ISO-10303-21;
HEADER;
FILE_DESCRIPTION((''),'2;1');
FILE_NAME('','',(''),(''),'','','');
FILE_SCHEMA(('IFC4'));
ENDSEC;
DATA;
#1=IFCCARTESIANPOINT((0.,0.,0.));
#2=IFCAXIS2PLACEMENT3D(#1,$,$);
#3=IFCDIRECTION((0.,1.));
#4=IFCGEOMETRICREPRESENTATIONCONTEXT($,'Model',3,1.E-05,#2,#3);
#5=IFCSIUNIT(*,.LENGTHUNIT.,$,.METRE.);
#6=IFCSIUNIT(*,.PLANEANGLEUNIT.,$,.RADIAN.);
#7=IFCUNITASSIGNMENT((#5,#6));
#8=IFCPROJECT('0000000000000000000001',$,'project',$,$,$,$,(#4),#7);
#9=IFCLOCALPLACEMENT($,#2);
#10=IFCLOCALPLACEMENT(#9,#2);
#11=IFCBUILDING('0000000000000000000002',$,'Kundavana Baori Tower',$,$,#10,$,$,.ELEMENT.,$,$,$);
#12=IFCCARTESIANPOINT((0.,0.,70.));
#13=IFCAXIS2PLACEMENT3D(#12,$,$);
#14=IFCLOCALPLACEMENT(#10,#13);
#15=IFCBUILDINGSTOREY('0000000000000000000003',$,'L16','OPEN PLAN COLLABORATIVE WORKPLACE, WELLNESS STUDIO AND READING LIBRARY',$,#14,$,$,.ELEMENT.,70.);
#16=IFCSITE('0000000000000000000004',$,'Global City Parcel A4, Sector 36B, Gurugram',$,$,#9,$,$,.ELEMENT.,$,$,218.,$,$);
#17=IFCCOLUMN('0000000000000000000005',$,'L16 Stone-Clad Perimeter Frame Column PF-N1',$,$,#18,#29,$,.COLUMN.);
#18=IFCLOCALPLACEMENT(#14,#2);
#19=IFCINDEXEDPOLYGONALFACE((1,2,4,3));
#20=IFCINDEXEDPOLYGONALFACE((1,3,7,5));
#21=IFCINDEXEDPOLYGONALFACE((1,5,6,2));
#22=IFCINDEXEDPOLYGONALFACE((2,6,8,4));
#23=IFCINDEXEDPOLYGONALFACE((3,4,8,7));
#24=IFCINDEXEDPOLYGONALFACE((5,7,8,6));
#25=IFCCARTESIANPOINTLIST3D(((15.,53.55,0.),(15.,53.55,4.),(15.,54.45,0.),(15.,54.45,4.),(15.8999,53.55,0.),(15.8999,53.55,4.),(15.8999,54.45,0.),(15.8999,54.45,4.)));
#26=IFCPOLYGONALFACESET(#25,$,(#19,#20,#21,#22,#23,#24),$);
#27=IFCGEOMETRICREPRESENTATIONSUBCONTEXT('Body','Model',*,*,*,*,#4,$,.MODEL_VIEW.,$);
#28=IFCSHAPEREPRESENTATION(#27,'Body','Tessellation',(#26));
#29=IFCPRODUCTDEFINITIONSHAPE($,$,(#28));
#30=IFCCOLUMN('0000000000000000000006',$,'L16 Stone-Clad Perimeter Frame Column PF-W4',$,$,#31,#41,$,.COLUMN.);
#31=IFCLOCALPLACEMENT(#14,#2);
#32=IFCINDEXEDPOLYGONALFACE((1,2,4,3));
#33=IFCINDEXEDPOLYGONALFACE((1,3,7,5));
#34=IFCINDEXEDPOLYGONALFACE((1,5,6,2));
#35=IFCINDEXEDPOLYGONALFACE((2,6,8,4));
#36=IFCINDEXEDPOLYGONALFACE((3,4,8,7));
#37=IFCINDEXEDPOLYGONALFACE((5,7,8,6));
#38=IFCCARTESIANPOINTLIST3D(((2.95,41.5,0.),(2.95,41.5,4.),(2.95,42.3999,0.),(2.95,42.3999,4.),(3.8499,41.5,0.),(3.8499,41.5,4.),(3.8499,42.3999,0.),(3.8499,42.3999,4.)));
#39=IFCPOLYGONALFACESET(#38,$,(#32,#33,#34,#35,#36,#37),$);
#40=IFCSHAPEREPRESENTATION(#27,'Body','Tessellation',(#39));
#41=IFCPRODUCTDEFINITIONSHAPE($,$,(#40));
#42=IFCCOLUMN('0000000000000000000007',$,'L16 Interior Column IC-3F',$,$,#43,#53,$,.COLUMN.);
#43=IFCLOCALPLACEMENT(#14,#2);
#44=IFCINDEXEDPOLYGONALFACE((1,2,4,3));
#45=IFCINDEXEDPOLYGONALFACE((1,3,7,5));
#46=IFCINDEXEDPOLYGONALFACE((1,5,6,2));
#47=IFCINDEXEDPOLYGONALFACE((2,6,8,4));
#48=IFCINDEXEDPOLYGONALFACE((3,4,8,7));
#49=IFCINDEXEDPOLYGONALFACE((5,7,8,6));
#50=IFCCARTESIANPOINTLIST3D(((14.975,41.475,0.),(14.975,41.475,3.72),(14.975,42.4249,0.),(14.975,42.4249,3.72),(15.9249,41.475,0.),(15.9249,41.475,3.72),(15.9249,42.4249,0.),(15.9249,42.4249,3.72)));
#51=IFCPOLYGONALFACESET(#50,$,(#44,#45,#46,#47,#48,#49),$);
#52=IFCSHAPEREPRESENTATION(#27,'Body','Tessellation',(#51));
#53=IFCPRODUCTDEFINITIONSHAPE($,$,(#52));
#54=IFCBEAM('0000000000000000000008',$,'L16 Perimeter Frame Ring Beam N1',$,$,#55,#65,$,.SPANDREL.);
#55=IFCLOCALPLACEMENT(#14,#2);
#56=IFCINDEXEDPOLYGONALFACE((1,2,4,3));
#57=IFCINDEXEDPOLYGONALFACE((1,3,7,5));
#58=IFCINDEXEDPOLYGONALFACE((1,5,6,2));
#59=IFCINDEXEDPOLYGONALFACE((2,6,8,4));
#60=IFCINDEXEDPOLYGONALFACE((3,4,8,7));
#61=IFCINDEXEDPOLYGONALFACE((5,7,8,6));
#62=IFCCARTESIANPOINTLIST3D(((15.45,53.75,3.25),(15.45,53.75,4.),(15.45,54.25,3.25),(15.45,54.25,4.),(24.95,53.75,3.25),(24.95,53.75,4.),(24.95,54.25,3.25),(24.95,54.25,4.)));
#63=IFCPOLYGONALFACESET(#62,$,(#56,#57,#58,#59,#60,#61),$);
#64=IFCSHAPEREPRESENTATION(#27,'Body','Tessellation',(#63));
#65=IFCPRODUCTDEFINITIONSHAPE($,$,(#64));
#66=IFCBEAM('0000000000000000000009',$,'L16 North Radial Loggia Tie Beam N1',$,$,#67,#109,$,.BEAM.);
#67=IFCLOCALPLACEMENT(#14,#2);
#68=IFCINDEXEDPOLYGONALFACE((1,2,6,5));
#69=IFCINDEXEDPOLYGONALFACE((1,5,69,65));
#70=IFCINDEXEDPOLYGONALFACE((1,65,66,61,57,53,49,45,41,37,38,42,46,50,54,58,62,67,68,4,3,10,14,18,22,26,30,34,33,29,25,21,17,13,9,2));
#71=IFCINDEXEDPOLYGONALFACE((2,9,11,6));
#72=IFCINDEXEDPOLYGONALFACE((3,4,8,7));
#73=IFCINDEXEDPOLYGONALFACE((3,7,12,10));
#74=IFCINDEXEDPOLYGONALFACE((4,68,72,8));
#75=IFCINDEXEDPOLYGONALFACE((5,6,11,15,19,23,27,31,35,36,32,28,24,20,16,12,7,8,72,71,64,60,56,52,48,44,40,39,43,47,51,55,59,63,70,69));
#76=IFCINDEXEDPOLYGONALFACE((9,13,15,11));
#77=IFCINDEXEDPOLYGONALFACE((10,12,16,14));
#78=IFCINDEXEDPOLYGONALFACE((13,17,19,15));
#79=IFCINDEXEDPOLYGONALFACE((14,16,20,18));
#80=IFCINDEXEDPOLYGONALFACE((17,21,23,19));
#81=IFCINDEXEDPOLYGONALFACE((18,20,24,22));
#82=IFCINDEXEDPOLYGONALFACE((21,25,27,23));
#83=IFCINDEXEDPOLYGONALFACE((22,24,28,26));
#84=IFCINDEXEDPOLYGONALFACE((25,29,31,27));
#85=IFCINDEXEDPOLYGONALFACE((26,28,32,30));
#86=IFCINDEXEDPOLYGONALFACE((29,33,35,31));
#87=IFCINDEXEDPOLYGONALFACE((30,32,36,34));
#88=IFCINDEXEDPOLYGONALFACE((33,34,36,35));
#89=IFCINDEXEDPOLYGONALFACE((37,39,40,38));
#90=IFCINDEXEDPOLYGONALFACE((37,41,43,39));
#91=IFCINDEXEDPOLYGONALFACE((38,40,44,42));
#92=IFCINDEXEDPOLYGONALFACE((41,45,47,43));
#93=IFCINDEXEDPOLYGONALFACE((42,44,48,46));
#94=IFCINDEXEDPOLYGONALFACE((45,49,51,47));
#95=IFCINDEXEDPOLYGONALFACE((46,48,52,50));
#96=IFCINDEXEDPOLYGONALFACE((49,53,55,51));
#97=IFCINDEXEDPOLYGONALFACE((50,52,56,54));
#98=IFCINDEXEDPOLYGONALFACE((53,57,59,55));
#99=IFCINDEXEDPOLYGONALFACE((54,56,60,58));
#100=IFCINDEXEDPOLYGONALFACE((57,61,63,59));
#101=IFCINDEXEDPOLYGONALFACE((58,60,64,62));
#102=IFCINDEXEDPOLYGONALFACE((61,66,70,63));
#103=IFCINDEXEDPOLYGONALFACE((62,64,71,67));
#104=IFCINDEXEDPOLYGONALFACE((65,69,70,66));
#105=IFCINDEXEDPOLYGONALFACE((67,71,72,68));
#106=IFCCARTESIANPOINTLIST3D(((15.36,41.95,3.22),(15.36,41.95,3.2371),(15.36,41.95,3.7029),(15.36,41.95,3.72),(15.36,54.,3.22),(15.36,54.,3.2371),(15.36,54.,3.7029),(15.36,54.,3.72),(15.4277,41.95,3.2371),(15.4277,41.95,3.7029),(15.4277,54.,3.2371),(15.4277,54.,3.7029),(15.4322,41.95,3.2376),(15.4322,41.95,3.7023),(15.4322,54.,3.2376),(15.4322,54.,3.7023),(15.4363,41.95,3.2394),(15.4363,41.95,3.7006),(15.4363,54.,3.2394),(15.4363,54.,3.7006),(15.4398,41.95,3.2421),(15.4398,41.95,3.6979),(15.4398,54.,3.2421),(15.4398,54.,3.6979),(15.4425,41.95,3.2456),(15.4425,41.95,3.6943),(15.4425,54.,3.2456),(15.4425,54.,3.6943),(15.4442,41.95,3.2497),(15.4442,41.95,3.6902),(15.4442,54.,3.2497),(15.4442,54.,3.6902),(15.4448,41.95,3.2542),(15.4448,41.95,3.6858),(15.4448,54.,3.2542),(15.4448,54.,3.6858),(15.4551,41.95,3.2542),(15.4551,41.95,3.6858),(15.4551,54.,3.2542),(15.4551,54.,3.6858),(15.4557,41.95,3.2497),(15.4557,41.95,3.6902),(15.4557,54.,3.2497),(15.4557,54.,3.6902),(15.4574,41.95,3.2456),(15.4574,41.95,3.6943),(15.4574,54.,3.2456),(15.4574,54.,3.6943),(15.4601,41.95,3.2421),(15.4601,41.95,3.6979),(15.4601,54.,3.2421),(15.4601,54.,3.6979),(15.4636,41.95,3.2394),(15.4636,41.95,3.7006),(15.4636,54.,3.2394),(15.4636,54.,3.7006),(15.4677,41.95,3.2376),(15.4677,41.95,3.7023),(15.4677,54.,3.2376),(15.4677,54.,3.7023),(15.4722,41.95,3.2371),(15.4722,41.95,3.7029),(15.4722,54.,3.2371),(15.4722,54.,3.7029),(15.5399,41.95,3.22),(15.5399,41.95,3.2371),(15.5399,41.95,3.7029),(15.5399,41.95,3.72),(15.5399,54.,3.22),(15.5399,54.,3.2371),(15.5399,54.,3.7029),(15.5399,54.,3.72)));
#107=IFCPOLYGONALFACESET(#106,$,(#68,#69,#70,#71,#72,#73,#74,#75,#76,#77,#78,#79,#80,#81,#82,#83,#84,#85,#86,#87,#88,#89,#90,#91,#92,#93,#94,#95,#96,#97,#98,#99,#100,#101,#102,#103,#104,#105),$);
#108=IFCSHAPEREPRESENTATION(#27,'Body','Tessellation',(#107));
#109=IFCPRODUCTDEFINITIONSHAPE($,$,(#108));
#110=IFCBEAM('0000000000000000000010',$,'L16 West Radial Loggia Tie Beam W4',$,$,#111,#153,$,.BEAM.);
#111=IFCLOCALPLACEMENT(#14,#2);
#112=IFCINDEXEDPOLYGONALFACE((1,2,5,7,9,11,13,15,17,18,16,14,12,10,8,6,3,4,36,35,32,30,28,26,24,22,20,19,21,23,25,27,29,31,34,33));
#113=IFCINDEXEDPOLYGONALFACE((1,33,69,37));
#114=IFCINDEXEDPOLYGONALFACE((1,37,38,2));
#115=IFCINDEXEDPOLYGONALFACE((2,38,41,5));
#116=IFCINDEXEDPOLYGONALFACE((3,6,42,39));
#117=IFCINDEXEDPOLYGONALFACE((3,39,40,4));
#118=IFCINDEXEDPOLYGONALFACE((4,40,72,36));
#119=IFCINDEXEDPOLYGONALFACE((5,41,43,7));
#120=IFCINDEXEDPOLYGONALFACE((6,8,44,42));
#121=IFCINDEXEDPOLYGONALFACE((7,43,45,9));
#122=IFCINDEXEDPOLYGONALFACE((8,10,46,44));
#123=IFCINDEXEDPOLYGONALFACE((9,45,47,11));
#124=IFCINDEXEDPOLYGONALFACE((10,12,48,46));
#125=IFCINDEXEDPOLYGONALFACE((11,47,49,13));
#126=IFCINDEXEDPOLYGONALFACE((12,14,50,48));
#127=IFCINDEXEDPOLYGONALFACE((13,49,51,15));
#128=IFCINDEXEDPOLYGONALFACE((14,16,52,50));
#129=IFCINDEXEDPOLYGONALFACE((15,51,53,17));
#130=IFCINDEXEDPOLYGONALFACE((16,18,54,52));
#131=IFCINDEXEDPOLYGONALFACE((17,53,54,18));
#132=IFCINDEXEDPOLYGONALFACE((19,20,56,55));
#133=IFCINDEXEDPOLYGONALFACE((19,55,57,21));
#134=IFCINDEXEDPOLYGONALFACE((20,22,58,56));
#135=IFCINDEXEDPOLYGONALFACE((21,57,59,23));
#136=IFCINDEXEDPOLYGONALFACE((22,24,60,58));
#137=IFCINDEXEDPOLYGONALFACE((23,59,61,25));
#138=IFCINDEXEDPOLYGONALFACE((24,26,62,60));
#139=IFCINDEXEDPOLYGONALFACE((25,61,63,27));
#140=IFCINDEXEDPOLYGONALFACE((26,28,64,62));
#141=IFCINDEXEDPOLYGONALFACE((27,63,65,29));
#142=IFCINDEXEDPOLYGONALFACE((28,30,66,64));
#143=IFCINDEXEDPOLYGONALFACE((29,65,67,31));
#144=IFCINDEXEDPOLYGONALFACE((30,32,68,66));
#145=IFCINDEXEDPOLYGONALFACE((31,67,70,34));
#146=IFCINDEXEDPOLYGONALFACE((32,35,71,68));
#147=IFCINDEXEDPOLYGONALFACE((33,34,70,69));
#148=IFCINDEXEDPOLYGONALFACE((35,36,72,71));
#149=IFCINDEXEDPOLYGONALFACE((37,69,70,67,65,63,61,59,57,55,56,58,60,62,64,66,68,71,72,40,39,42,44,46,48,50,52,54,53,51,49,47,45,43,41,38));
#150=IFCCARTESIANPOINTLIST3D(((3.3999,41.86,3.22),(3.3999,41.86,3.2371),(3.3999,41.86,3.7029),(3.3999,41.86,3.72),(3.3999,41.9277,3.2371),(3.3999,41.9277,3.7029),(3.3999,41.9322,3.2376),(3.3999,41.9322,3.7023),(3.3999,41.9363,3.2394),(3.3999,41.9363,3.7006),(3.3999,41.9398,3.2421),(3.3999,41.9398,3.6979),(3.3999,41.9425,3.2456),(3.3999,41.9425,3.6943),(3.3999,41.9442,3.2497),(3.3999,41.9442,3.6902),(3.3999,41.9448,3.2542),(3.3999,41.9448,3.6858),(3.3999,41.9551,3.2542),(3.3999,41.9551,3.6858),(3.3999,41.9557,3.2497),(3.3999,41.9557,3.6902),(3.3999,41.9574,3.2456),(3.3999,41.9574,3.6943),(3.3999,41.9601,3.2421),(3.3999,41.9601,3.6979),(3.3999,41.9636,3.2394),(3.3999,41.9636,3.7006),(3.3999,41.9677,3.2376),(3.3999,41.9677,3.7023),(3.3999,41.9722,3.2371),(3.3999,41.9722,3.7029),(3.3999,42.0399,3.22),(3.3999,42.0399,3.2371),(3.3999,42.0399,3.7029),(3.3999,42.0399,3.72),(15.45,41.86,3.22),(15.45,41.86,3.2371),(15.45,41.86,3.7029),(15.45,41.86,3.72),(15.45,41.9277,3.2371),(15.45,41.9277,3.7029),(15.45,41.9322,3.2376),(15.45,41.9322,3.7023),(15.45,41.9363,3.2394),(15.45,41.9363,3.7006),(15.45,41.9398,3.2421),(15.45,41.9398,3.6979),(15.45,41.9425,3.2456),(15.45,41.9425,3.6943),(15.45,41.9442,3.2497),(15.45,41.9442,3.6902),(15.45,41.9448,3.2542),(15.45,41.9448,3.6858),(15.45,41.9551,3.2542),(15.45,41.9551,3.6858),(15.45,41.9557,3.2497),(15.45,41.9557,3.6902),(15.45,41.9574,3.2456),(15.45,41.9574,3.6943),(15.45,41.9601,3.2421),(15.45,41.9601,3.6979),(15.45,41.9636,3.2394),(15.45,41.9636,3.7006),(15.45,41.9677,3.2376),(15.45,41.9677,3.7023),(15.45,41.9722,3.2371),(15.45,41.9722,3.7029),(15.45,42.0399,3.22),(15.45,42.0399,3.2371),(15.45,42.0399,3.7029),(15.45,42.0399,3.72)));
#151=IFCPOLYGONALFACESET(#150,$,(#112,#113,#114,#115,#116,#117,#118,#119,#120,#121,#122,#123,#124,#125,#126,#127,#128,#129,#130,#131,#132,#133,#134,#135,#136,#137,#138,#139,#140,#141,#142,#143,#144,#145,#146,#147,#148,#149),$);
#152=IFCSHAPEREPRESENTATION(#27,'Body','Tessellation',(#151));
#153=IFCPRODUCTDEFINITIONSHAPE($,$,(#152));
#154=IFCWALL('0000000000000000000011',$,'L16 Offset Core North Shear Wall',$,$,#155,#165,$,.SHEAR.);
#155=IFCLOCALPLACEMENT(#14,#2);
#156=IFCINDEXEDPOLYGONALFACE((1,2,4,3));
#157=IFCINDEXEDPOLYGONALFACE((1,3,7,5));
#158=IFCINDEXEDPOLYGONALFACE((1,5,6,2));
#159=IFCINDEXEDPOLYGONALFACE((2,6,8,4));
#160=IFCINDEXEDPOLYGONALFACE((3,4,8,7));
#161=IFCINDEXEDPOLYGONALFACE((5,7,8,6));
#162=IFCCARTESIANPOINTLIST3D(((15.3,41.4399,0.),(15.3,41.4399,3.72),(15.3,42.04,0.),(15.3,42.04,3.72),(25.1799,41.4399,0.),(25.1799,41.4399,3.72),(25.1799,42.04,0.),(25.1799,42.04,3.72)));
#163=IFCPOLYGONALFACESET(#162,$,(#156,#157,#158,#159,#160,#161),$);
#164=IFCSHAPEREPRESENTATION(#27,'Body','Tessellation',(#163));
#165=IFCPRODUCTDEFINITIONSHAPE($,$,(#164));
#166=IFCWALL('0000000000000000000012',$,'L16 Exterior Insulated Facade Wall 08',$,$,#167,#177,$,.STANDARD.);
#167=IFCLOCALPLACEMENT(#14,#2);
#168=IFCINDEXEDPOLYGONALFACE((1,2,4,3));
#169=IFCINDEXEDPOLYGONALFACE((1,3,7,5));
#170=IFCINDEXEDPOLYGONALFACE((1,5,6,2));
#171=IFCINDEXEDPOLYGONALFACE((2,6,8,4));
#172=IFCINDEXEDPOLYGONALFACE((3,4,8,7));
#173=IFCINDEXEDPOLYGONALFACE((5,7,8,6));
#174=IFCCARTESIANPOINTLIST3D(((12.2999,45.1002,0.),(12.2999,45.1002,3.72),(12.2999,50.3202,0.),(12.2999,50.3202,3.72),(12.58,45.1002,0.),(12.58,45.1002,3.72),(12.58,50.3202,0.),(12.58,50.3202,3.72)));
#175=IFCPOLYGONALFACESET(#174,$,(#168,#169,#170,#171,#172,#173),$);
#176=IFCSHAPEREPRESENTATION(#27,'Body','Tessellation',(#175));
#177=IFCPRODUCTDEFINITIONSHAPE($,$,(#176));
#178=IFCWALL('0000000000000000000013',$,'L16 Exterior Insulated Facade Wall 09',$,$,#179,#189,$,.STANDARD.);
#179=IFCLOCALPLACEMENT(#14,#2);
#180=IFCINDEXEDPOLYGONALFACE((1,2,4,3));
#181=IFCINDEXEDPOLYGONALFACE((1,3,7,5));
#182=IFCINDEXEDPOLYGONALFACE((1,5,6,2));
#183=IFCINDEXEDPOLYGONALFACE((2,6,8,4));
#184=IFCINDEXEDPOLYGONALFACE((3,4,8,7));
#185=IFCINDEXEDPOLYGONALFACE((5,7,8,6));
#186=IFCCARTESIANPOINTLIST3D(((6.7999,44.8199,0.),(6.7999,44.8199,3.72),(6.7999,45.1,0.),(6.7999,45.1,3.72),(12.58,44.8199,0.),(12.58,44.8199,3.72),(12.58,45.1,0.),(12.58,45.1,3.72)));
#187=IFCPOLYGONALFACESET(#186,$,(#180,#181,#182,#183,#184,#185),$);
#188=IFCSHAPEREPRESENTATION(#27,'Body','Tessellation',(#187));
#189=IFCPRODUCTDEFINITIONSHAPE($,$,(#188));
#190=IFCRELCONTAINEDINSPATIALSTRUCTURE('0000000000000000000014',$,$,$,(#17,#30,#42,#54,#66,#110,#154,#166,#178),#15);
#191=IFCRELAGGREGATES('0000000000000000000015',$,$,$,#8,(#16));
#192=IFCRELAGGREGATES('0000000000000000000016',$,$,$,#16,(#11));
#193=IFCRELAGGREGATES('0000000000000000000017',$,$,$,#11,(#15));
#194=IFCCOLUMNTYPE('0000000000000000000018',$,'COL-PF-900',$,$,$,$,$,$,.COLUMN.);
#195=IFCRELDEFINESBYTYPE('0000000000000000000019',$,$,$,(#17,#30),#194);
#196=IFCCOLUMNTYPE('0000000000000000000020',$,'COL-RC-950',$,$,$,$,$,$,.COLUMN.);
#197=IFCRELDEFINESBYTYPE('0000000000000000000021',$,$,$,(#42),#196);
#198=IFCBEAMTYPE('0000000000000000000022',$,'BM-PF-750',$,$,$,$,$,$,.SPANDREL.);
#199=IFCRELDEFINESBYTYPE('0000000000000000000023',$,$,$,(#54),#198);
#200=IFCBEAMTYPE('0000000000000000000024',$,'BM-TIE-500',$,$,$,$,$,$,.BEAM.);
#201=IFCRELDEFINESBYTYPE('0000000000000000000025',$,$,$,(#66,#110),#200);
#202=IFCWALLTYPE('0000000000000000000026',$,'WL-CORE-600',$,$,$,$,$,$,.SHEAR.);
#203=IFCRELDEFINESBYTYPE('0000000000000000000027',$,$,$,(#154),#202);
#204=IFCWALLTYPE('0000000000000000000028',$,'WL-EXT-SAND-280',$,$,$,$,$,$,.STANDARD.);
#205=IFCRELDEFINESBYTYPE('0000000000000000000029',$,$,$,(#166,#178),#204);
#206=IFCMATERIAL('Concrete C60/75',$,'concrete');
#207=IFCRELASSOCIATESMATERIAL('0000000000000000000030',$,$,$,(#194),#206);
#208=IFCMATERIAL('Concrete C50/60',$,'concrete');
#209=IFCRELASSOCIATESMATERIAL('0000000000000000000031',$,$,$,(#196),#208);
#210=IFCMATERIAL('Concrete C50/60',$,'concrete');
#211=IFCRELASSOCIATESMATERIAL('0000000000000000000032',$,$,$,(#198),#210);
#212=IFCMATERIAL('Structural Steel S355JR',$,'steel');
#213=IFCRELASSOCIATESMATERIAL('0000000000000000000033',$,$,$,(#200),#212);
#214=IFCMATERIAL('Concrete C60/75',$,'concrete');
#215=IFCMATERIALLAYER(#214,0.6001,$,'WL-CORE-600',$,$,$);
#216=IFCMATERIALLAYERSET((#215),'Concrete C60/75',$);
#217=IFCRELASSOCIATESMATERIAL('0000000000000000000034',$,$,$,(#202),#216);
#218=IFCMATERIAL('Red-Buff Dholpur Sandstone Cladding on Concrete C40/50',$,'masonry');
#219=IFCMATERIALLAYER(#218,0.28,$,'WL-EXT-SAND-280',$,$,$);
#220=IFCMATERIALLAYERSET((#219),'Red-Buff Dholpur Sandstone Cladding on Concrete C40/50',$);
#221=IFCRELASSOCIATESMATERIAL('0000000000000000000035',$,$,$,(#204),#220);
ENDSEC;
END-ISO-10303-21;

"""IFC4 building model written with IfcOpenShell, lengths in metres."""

from ifc_helpers import new_model, si_unit, direction, frame, frame_2d, origin, origin_2d, place, context, subcontext, project, spatial, rectangle, i_section, extrude, material, layer, layer_set, material_profile, profile_set, type_object, element, save


model = new_model("IFC4")

# Units and contexts
model_context = context("Model", 3, precision=1e-05, world=origin(), true_north=direction((0.0, 1.0)))
body_context = subcontext(model_context, "Body", "Model", "MODEL_VIEW")
ifc_project = project(units=[si_unit("LENGTHUNIT", "METRE"), si_unit("PLANEANGLEUNIT", "RADIAN")], contexts=[model_context])

# Site, building, storey
site_placement = place(None, origin())
site = spatial("IfcSite", under=ifc_project, at=site_placement, Name="Global City Parcel A4, Sector 36B, Gurugram", CompositionType="ELEMENT", RefElevation=218.0)
building_placement = place(site_placement, origin())
building = spatial("IfcBuilding", under=site, at=building_placement, Name="Kundavana Baori Tower", CompositionType="ELEMENT")
storey_placement = place(building_placement, frame((0.0, 0.0, 70.0)))
storey = spatial("IfcBuildingStorey", under=building, at=storey_placement, Name="L16", Description="OPEN PLAN COLLABORATIVE WORKPLACE, WELLNESS STUDIO AND READING LIBRARY", CompositionType="ELEMENT", Elevation=70.0)

# Columns
ifc_material_1 = material(Name="Concrete C60/75", Category="concrete")
ifc_material_profile_1 = material_profile(ifc_material_1, rectangle(XDim=0.8999, YDim=0.8999, at=origin_2d()), Name="RC PF 900x900")
ifc_profile_set_1 = profile_set([ifc_material_profile_1], Name="Concrete C60/75")
column_type_1 = type_object("IfcColumnType", Name="COL-PF-900", PredefinedType="COLUMN", material=ifc_profile_set_1)
for number, where, z_axis, x_axis, name in (
    (1, (15.45, 54.0, 0.0), (0.0, 0.0, 1.0), (1.0, 0.0, 0.0), "L16 Stone-Clad Perimeter Frame Column PF-N1"),
    (2, (3.3999, 41.95, 0.0), (0.0, 0.0, 1.0), (1.0, 0.0, 0.0), "L16 Stone-Clad Perimeter Frame Column PF-W4"),
):
    element("IfcColumn", number, at=place(storey_placement, frame(where, z_axis=z_axis, x_axis=x_axis)), inside=storey, type_object=column_type_1, Name=name, PredefinedType="COLUMN", context=body_context, shape_type="SweptSolid", body=[
        extrude(rectangle(XDim=0.8999, YDim=0.8999, at=origin_2d()), origin(), (0.0, 0.0, 1.0), 4.0),
    ])
ifc_material_2 = material(Name="Concrete C50/60", Category="concrete")
ifc_material_profile_2 = material_profile(ifc_material_2, rectangle(XDim=0.95, YDim=0.95, at=origin_2d()), Name="RC 950x950")
ifc_profile_set_2 = profile_set([ifc_material_profile_2], Name="Concrete C50/60")
column_type_2 = type_object("IfcColumnType", Name="COL-RC-950", PredefinedType="COLUMN", material=ifc_profile_set_2)
column_placement = place(storey_placement, frame((15.45, 41.95, 0.0), z_axis=(0.0, 0.0, 1.0), x_axis=(1.0, 0.0, 0.0)))
element("IfcColumn", 3, at=column_placement, inside=storey, type_object=column_type_2, Name="L16 Interior Column IC-3F", PredefinedType="COLUMN", context=body_context, shape_type="SweptSolid", body=[
    extrude(rectangle(XDim=0.95, YDim=0.95, at=origin_2d()), origin(), (0.0, 0.0, 1.0), 3.72),
])

# Beams
ifc_material_3 = material(Name="Concrete C50/60", Category="concrete")
ifc_material_profile_3 = material_profile(ifc_material_3, rectangle(XDim=0.5, YDim=0.75, at=origin_2d()), Name="RC BM 500x750")
ifc_profile_set_3 = profile_set([ifc_material_profile_3], Name="Concrete C50/60")
beam_type_1 = type_object("IfcBeamType", Name="BM-PF-750", PredefinedType="SPANDREL", material=ifc_profile_set_3)
beam_placement = place(storey_placement, frame((15.45, 54.0, 3.625), z_axis=(1.0, 0.0, 0.0), x_axis=(0.0, 1.0, 0.0)))
element("IfcBeam", 4, at=beam_placement, inside=storey, type_object=beam_type_1, Name="L16 Perimeter Frame Ring Beam N1", PredefinedType="SPANDREL", context=body_context, shape_type="SweptSolid", body=[
    extrude(rectangle(XDim=0.5, YDim=0.75, at=origin_2d()), origin(), (0.0, 0.0, 1.0), 9.5),
])
ifc_material_4 = material(Name="Structural Steel S355JR", Category="steel")
ifc_material_profile_4 = material_profile(ifc_material_4, i_section(OverallWidth=0.1799, OverallDepth=0.5, WebThickness=0.0103, FlangeThickness=0.0171, FilletRadius=0.0171, at=origin_2d()), Name="ISMB 500")
ifc_profile_set_4 = profile_set([ifc_material_profile_4], Name="Structural Steel S355JR")
beam_type_2 = type_object("IfcBeamType", Name="BM-TIE-500", PredefinedType="BEAM", material=ifc_profile_set_4)
for number, where, z_axis, x_axis, name in (
    (5, (15.45, 41.95, 3.47), (0.0, 1.0, 0.0), (-1.0, 0.0, 0.0), "L16 North Radial Loggia Tie Beam N1"),
    (6, (15.45, 41.95, 3.47), (-1.0, 0.0, 0.0), (0.0, -1.0, 0.0), "L16 West Radial Loggia Tie Beam W4"),
):
    element("IfcBeam", number, at=place(storey_placement, frame(where, z_axis=z_axis, x_axis=x_axis)), inside=storey, type_object=beam_type_2, Name=name, PredefinedType="BEAM", context=body_context, shape_type="SweptSolid", body=[
        extrude(i_section(OverallWidth=0.1799, OverallDepth=0.5, WebThickness=0.0103, FlangeThickness=0.0171, FilletRadius=0.0171, at=origin_2d()), origin(), (0.0, 0.0, 1.0), 12.05),
    ])

# Walls
ifc_material_5 = material(Name="Concrete C60/75", Category="concrete")
ifc_layer_1 = layer(ifc_material_5, 0.6001, Name="WL-CORE-600")
ifc_layer_set_1 = layer_set([ifc_layer_1], Name="Concrete C60/75")
wall_type_1 = type_object("IfcWallType", Name="WL-CORE-600", PredefinedType="SHEAR", material=ifc_layer_set_1)
wall_1_placement = place(storey_placement, frame((15.3, 41.74, 0.0), z_axis=(0.0, 0.0, 1.0), x_axis=(1.0, 0.0, 0.0)))
element("IfcWall", 7, at=wall_1_placement, inside=storey, type_object=wall_type_1, Name="L16 Offset Core North Shear Wall", PredefinedType="SHEAR", context=body_context, shape_type="SweptSolid", body=[
    extrude(rectangle(XDim=9.8799, YDim=0.6001, at=frame_2d((4.9399, 0.0))), origin(), (0.0, 0.0, 1.0), 3.72),
])
ifc_material_6 = material(Name="Red-Buff Dholpur Sandstone Cladding on Concrete C40/50", Category="masonry")
ifc_layer_2 = layer(ifc_material_6, 0.28, Name="WL-EXT-SAND-280")
ifc_layer_set_2 = layer_set([ifc_layer_2], Name="Red-Buff Dholpur Sandstone Cladding on Concrete C40/50")
wall_type_2 = type_object("IfcWallType", Name="WL-EXT-SAND-280", PredefinedType="STANDARD", material=ifc_layer_set_2)
wall_2_placement = place(storey_placement, frame((12.4399, 50.3201, 0.0), z_axis=(0.0, 0.0, 1.0), x_axis=(0.0, -1.0, 0.0)))
element("IfcWall", 8, at=wall_2_placement, inside=storey, type_object=wall_type_2, Name="L16 Exterior Insulated Facade Wall 08", PredefinedType="STANDARD", context=body_context, shape_type="SweptSolid", body=[
    extrude(rectangle(XDim=5.22, YDim=0.28, at=frame_2d((2.6099, 0.0))), origin(), (0.0, 0.0, 1.0), 3.72),
])
wall_3_placement = place(storey_placement, frame((12.5801, 44.96, 0.0), z_axis=(0.0, 0.0, 1.0), x_axis=(-1.0, 0.0, 0.0)))
element("IfcWall", 9, at=wall_3_placement, inside=storey, type_object=wall_type_2, Name="L16 Exterior Insulated Facade Wall 09", PredefinedType="STANDARD", context=body_context, shape_type="SweptSolid", body=[
    extrude(rectangle(XDim=5.78, YDim=0.28, at=frame_2d((2.8901, 0.0))), origin(), (0.0, 0.0, 1.0), 3.72),
])

save(model, "model.ifc")
